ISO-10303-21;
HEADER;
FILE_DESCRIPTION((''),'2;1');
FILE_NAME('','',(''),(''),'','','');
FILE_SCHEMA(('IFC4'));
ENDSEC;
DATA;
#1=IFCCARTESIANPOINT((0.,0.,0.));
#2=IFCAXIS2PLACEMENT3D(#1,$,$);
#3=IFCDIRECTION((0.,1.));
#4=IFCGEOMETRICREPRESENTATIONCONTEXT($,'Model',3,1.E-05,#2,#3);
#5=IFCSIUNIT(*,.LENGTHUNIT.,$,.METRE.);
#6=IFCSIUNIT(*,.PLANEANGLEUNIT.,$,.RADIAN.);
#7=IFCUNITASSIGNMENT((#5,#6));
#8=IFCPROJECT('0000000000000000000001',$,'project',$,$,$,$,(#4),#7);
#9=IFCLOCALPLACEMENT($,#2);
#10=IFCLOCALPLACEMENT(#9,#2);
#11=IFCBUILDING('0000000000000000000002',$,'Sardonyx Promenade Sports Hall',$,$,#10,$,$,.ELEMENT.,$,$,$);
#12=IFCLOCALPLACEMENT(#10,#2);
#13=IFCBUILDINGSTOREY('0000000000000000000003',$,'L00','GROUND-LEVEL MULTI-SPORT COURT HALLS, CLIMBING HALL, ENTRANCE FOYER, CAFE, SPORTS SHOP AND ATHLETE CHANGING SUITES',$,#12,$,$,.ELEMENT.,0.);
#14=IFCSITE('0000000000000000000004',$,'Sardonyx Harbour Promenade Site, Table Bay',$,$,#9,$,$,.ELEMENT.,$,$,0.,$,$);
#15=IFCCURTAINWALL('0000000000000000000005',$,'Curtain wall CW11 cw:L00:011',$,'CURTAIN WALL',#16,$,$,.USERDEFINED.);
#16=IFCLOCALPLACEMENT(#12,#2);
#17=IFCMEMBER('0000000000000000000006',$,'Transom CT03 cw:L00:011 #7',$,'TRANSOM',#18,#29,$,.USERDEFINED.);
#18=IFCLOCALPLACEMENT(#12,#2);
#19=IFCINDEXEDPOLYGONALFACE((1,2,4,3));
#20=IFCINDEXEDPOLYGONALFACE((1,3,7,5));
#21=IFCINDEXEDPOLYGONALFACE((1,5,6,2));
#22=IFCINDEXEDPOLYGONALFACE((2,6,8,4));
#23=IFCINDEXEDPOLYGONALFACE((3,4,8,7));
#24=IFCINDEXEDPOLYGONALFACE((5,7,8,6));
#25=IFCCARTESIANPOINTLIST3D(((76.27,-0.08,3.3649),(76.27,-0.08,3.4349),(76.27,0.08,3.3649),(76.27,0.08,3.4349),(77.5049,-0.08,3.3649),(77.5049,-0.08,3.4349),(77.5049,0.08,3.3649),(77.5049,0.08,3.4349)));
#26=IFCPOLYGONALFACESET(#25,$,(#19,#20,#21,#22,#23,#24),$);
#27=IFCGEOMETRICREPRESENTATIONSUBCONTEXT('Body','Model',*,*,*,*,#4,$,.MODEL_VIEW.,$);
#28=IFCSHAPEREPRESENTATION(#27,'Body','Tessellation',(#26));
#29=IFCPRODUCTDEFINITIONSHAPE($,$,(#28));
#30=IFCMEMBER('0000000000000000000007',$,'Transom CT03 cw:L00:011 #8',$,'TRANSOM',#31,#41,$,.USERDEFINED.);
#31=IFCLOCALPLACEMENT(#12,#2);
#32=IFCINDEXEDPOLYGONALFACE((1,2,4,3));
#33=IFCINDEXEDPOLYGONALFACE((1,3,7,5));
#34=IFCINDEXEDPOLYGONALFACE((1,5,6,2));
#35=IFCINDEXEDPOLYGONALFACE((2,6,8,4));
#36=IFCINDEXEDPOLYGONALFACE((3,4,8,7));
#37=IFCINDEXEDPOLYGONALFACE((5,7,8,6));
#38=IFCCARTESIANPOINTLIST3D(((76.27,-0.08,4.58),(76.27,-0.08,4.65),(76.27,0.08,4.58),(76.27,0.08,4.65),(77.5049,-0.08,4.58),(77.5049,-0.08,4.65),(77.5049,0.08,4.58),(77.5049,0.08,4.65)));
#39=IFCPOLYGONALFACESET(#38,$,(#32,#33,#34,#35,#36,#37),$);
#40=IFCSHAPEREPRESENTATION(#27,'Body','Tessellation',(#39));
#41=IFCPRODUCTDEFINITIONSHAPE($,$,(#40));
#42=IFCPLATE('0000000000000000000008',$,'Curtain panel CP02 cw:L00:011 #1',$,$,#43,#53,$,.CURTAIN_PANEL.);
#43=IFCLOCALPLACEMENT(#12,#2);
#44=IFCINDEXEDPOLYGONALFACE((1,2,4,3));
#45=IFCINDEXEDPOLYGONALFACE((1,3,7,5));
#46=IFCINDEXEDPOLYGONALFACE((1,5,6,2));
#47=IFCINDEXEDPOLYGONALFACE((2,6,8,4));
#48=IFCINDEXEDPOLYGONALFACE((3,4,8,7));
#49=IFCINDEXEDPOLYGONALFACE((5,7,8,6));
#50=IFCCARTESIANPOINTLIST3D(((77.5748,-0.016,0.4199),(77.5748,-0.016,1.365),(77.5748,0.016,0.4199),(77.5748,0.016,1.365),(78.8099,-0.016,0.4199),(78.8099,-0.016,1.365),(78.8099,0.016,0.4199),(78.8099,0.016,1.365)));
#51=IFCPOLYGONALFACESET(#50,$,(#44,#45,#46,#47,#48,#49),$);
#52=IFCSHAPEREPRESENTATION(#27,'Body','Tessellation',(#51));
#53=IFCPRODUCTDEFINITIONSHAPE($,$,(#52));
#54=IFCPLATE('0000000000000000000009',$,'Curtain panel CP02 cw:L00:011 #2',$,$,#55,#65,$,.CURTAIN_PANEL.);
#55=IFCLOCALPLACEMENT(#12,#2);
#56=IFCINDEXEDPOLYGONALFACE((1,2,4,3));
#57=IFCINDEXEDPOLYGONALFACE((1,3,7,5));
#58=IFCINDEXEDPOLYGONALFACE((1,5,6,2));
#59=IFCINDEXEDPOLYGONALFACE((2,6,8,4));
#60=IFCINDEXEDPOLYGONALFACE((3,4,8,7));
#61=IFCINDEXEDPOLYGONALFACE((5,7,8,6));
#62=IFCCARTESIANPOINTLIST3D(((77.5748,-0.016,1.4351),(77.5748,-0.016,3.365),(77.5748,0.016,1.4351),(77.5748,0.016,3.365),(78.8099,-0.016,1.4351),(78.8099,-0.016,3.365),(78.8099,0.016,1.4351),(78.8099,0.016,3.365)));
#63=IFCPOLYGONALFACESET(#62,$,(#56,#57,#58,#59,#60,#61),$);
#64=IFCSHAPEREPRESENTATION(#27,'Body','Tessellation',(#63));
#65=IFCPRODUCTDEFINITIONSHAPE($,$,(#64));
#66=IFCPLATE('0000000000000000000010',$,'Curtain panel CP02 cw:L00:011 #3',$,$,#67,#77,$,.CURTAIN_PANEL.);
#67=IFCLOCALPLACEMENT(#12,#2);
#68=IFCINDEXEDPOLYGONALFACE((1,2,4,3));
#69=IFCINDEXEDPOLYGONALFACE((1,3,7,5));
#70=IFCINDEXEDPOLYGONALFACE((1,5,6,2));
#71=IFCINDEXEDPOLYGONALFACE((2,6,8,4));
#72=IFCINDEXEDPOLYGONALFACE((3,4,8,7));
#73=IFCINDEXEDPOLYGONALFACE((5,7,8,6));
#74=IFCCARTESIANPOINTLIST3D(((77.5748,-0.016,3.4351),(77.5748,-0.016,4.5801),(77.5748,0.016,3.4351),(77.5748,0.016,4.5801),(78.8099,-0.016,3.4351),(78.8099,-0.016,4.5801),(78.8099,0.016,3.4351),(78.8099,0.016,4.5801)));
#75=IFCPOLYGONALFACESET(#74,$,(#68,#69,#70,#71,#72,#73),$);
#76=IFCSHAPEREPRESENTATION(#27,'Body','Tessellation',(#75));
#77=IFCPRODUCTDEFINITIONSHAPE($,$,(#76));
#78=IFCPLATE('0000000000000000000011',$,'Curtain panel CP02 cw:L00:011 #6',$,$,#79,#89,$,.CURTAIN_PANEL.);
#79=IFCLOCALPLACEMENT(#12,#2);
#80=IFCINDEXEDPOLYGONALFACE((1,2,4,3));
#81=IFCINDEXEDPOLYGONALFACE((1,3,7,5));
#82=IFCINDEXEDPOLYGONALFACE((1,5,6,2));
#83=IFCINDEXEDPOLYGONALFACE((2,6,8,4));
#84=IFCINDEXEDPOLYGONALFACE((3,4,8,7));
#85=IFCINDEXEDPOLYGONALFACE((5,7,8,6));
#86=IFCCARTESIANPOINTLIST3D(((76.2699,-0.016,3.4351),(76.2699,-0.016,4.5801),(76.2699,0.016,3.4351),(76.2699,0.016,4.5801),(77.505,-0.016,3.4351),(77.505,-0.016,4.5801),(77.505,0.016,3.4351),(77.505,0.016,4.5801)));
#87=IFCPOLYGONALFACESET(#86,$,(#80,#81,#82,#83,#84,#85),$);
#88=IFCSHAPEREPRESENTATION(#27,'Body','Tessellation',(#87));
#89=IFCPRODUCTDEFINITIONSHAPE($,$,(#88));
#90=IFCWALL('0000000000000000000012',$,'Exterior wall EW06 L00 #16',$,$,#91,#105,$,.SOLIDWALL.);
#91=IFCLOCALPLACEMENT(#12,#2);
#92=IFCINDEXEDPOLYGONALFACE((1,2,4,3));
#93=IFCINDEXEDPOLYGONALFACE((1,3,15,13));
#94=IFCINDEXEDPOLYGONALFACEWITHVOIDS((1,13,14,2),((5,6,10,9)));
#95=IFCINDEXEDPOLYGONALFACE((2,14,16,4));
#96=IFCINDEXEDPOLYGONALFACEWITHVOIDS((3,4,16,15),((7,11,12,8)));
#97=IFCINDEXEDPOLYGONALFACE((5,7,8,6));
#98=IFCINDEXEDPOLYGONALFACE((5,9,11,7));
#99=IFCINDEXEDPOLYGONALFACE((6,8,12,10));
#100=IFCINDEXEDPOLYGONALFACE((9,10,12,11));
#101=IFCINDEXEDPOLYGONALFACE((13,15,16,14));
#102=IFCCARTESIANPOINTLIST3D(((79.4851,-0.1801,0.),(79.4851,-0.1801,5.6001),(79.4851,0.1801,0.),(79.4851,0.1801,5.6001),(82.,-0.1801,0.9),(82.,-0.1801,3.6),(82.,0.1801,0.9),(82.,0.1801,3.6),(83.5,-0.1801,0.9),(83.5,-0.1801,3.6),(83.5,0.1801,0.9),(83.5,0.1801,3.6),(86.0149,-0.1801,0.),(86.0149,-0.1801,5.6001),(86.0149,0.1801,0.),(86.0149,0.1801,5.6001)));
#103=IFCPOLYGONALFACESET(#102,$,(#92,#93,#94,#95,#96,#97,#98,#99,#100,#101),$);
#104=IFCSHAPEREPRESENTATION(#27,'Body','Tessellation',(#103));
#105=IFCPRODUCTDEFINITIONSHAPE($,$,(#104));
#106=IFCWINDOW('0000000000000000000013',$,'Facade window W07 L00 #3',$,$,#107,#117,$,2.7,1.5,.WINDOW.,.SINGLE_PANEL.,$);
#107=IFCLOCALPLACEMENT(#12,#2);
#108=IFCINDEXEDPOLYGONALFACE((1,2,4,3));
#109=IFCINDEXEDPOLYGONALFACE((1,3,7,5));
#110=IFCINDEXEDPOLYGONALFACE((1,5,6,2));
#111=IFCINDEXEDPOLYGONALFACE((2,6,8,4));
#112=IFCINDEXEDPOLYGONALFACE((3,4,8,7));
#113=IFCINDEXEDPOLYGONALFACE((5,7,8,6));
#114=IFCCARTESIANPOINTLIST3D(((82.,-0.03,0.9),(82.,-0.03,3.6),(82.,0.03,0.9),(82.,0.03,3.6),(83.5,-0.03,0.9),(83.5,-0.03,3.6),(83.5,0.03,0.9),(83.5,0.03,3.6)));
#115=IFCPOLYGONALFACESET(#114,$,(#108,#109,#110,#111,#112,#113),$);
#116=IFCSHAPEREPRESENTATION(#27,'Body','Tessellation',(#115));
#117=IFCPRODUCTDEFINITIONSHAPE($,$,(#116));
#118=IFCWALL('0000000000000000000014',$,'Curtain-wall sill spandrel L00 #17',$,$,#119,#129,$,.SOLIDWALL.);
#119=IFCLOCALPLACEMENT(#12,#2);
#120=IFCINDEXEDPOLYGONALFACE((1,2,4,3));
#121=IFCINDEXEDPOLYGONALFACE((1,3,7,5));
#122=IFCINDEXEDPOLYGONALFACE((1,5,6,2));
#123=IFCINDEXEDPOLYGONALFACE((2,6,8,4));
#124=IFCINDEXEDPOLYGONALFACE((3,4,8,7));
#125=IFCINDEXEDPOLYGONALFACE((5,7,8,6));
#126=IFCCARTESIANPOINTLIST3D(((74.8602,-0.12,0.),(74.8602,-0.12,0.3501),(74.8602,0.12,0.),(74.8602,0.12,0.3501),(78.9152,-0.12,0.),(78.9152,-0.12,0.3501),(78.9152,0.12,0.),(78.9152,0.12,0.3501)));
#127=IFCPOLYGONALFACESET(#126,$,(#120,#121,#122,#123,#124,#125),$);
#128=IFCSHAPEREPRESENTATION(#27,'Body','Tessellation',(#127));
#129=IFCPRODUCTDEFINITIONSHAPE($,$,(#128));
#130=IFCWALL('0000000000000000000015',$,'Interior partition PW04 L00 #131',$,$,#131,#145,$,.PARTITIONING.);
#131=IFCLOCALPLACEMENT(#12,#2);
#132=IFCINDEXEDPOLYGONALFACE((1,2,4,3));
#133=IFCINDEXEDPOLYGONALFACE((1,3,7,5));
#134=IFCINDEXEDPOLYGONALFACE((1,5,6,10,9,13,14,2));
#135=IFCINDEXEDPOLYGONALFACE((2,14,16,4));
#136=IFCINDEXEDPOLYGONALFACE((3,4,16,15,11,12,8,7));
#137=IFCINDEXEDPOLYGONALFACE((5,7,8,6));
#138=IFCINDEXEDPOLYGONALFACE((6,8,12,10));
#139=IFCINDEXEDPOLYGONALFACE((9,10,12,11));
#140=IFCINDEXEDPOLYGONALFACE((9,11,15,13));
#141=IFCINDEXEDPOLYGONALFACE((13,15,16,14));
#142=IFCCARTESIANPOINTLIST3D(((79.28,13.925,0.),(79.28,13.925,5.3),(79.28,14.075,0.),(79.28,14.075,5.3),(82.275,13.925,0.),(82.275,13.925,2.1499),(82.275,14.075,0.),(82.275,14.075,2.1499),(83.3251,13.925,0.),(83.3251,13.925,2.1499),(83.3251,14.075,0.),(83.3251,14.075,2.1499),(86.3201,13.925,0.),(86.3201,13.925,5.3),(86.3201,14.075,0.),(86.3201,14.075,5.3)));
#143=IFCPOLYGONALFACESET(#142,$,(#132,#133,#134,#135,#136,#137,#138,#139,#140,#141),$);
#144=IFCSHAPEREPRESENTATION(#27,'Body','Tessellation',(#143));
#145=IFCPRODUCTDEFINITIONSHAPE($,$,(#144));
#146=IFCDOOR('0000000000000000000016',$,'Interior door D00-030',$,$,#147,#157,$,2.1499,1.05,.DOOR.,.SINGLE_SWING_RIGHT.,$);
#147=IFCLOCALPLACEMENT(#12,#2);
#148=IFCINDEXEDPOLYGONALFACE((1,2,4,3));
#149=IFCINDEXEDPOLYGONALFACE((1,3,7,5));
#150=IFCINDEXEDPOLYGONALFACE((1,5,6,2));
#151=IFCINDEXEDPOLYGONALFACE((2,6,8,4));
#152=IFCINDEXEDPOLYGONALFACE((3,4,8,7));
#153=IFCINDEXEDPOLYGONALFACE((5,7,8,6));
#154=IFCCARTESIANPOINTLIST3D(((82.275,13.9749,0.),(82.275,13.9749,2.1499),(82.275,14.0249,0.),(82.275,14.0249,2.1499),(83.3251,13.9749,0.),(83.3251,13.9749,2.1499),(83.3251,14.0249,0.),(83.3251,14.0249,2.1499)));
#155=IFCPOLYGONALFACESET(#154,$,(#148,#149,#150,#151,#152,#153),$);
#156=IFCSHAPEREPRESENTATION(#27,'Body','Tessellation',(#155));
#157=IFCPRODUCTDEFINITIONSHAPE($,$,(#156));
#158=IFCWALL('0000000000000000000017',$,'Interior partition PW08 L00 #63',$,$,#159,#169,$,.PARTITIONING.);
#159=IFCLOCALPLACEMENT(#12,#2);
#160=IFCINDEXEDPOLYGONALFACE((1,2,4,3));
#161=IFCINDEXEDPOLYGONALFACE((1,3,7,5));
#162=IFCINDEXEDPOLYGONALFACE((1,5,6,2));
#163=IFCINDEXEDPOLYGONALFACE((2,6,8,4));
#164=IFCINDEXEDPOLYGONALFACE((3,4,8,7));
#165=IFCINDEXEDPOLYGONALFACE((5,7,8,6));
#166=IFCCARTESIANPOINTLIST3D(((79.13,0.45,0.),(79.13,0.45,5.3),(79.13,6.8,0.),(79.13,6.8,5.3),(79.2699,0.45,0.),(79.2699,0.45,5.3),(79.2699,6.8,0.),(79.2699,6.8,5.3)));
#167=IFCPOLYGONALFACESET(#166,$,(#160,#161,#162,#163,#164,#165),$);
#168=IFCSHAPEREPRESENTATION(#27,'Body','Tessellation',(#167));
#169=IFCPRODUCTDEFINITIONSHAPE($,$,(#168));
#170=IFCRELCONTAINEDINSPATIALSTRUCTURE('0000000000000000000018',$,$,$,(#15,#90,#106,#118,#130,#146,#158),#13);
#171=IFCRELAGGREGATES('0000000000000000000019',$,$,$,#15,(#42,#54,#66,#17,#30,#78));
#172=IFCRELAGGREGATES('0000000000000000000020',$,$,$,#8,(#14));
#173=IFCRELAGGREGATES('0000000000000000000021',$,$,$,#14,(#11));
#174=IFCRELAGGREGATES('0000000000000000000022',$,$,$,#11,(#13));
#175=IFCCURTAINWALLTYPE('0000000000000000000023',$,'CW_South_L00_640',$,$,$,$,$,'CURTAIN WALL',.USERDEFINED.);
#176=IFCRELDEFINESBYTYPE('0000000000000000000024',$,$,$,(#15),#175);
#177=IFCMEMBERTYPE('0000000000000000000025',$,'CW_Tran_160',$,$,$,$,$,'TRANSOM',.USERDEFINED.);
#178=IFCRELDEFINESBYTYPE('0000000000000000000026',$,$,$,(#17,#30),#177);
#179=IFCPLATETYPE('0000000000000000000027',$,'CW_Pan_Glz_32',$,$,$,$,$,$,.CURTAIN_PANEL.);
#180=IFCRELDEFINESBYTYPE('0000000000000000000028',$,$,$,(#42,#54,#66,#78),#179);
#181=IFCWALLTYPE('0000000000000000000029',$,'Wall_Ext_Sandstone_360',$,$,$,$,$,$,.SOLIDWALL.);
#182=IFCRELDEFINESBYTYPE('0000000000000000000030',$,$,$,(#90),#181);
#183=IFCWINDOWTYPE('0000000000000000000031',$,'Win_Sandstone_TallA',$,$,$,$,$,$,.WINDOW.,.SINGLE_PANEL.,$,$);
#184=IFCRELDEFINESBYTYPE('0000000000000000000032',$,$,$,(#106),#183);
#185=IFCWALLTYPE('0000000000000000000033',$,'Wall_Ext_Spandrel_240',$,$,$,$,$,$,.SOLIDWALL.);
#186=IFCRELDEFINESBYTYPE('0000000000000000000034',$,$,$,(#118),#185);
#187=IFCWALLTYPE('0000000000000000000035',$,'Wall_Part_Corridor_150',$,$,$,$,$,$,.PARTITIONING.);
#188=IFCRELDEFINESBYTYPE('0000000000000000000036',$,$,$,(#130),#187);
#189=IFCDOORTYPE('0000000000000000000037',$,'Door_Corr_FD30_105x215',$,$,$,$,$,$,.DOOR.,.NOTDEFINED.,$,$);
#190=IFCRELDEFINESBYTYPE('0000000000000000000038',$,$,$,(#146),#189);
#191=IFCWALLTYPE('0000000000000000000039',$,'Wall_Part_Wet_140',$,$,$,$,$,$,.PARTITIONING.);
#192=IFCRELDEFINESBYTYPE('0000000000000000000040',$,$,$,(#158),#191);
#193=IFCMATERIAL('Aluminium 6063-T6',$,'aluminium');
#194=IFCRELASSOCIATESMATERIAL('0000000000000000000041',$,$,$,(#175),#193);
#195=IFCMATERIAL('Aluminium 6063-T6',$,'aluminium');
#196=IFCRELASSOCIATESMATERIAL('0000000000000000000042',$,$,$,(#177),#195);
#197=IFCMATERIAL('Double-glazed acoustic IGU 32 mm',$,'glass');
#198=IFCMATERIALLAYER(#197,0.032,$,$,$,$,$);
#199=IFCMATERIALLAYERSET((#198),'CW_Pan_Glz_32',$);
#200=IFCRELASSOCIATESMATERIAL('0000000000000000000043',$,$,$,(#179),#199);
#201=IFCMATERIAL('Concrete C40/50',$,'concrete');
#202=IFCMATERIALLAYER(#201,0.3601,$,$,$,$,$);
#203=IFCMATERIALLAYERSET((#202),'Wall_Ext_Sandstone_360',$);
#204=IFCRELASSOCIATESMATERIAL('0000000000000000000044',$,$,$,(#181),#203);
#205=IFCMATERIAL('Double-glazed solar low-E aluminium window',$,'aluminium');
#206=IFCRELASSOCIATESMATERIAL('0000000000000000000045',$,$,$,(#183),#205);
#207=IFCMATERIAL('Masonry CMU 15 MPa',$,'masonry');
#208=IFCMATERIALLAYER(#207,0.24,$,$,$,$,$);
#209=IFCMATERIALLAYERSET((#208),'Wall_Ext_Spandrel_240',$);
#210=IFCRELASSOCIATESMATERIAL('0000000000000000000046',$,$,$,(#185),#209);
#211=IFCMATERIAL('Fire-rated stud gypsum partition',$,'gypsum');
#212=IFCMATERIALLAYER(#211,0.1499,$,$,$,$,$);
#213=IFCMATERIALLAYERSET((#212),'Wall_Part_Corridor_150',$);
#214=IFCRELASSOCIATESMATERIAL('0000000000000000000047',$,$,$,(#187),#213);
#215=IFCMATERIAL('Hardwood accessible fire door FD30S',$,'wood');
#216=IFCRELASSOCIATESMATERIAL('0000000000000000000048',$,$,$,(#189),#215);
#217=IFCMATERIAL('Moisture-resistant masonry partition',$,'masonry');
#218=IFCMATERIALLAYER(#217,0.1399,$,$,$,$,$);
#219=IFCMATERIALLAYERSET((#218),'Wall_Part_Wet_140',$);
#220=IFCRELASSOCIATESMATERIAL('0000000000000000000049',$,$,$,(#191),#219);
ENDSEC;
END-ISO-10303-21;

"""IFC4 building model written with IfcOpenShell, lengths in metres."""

from ifc_helpers import new_model, si_unit, direction, frame, frame_2d, origin, origin_2d, place, context, subcontext, project, spatial, rectangle, extrude, material, layer, layer_set, material_profile, profile_set, type_object, element, fill, aggregate, save


model = new_model("IFC4")

# Units and contexts
model_context = context("Model", 3, precision=1e-05, world=origin(), true_north=direction((0.0, 1.0)))
body_context = subcontext(model_context, "Body", "Model", "MODEL_VIEW")
ifc_project = project(units=[si_unit("LENGTHUNIT", "METRE"), si_unit("PLANEANGLEUNIT", "RADIAN")], contexts=[model_context])

# Site, building, storey
site_placement = place(None, origin())
site = spatial("IfcSite", under=ifc_project, at=site_placement, Name="Sardonyx Harbour Promenade Site, Table Bay", CompositionType="ELEMENT", RefElevation=0.0)
building_placement = place(site_placement, origin())
building = spatial("IfcBuilding", under=site, at=building_placement, Name="Sardonyx Promenade Sports Hall", CompositionType="ELEMENT")
storey_placement = place(building_placement, origin())
storey = spatial("IfcBuildingStorey", under=building, at=storey_placement, Name="L00", Description="GROUND-LEVEL MULTI-SPORT COURT HALLS, CLIMBING HALL, ENTRANCE FOYER, CAFE, SPORTS SHOP AND ATHLETE CHANGING SUITES", CompositionType="ELEMENT", Elevation=0.0)

# Curtain wall, members, plates
ifc_material_1 = material(Name="Aluminium 6063-T6", Category="aluminium")
curtain_wall_type = type_object("IfcCurtainWallType", Name="CW_South_L00_640", ElementType="CURTAIN WALL", PredefinedType="USERDEFINED", material=ifc_material_1)
curtain_wall_placement = place(storey_placement, origin())
curtain_wall = element("IfcCurtainWall", 1, at=curtain_wall_placement, inside=storey, type_object=curtain_wall_type, Name="Curtain wall CW11 cw:L00:011", ObjectType="CURTAIN WALL", PredefinedType="USERDEFINED")
ifc_material_2 = material(Name="Aluminium 6063-T6", Category="aluminium")
ifc_material_profile_1 = material_profile(ifc_material_2, rectangle(XDim=0.0701, YDim=0.1599, at=origin_2d()))
ifc_profile_set_1 = profile_set([ifc_material_profile_1], Name="Aluminium 6063-T6")
member_type_1 = type_object("IfcMemberType", Name="CW_Tran_160", ElementType="TRANSOM", PredefinedType="USERDEFINED", material=ifc_profile_set_1)
member_1_placement = place(storey_placement, frame((77.5049, 0.0, 3.3999), z_axis=(-1.0, 0.0, 0.0), x_axis=(0.0, 0.0, 1.0)))
member_1 = element("IfcMember", 2, at=member_1_placement, type_object=member_type_1, Name="Transom CT03 cw:L00:011 #7", ObjectType="TRANSOM", PredefinedType="USERDEFINED", context=body_context, shape_type="SweptSolid", body=[
    extrude(rectangle(XDim=0.0701, YDim=0.1599, at=origin_2d()), origin(), (0.0, 0.0, 1.0), 1.2349),
])
member_2_placement = place(storey_placement, frame((77.5049, 0.0, 4.615), z_axis=(-1.0, 0.0, 0.0), x_axis=(0.0, 0.0, 1.0)))
member_2 = element("IfcMember", 3, at=member_2_placement, type_object=member_type_1, Name="Transom CT03 cw:L00:011 #8", ObjectType="TRANSOM", PredefinedType="USERDEFINED", context=body_context, shape_type="SweptSolid", body=[
    extrude(rectangle(XDim=0.0701, YDim=0.1599, at=origin_2d()), origin(), (0.0, 0.0, 1.0), 1.2349),
])
ifc_material_3 = material(Name="Double-glazed acoustic IGU 32 mm", Category="glass")
ifc_layer_1 = layer(ifc_material_3, 0.032)
ifc_layer_set_1 = layer_set([ifc_layer_1], Name="CW_Pan_Glz_32")
plate_type = type_object("IfcPlateType", Name="CW_Pan_Glz_32", PredefinedType="CURTAIN_PANEL", material=ifc_layer_set_1)
plate_1_placement = place(storey_placement, frame((78.1924, 0.0, 0.4199), z_axis=(0.0, 0.0, 1.0), x_axis=(-1.0, 0.0, 0.0)))
plate_1 = element("IfcPlate", 4, at=plate_1_placement, type_object=plate_type, Name="Curtain panel CP02 cw:L00:011 #1", PredefinedType="CURTAIN_PANEL", context=body_context, shape_type="SweptSolid", body=[
    extrude(rectangle(XDim=1.2351, YDim=0.032, at=origin_2d()), origin(), (0.0, 0.0, 1.0), 0.9451),
])
plate_2_placement = place(storey_placement, frame((78.1924, 0.0, 1.4351), z_axis=(0.0, 0.0, 1.0), x_axis=(-1.0, 0.0, 0.0)))
plate_2 = element("IfcPlate", 5, at=plate_2_placement, type_object=plate_type, Name="Curtain panel CP02 cw:L00:011 #2", PredefinedType="CURTAIN_PANEL", context=body_context, shape_type="SweptSolid", body=[
    extrude(rectangle(XDim=1.2351, YDim=0.032, at=origin_2d()), origin(), (0.0, 0.0, 1.0), 1.9299),
])
plate_3_placement = place(storey_placement, frame((78.1924, 0.0, 3.4351), z_axis=(0.0, 0.0, 1.0), x_axis=(-1.0, 0.0, 0.0)))
plate_3 = element("IfcPlate", 6, at=plate_3_placement, type_object=plate_type, Name="Curtain panel CP02 cw:L00:011 #3", PredefinedType="CURTAIN_PANEL", context=body_context, shape_type="SweptSolid", body=[
    extrude(rectangle(XDim=1.2351, YDim=0.032, at=origin_2d()), origin(), (0.0, 0.0, 1.0), 1.145),
])
plate_4_placement = place(storey_placement, frame((76.8875, 0.0, 3.4351), z_axis=(0.0, 0.0, 1.0), x_axis=(-1.0, 0.0, 0.0)))
plate_4 = element("IfcPlate", 7, at=plate_4_placement, type_object=plate_type, Name="Curtain panel CP02 cw:L00:011 #6", PredefinedType="CURTAIN_PANEL", context=body_context, shape_type="SweptSolid", body=[
    extrude(rectangle(XDim=1.2351, YDim=0.032, at=origin_2d()), origin(), (0.0, 0.0, 1.0), 1.145),
])
aggregate(curtain_wall, [plate_1, plate_2, plate_3, member_1, member_2, plate_4])

# Wall, opening, window
ifc_material_4 = material(Name="Concrete C40/50", Category="concrete")
ifc_layer_2 = layer(ifc_material_4, 0.3601)
ifc_layer_set_2 = layer_set([ifc_layer_2], Name="Wall_Ext_Sandstone_360")
wall_type_1 = type_object("IfcWallType", Name="Wall_Ext_Sandstone_360", PredefinedType="SOLIDWALL", material=ifc_layer_set_2)
wall_1_placement = place(storey_placement, frame((86.0149, 0.0, 0.0), z_axis=(0.0, 0.0, 1.0), x_axis=(-1.0, 0.0, 0.0)))
wall_1 = element("IfcWall", 8, at=wall_1_placement, inside=storey, type_object=wall_type_1, Name="Exterior wall EW06 L00 #16", PredefinedType="SOLIDWALL", context=body_context, shape_type="SweptSolid", body=[
    extrude(rectangle(XDim=6.5298, YDim=0.3601, at=frame_2d((3.2649, 0.0))), origin(), (0.0, 0.0, 1.0), 5.6001),
])
opening_1_placement = place(wall_1_placement, frame((2.5149, 0.0, 0.8999)))
opening_1 = element("IfcOpeningElement", 9, at=opening_1_placement, cuts=wall_1, PredefinedType="OPENING", context=body_context, shape_type="SweptSolid", body=[
    extrude(rectangle(XDim=1.5, YDim=2.7, at=frame_2d((0.75, 1.3501))), frame((0.0, 0.19, 0.0), z_axis=(0.0, -1.0, 0.0), x_axis=(1.0, 0.0, 0.0)), (0.0, 0.0, 1.0), 0.38),
])
ifc_material_5 = material(Name="Double-glazed solar low-E aluminium window", Category="aluminium")
window_type = type_object("IfcWindowType", Name="Win_Sandstone_TallA", PartitioningType="SINGLE_PANEL", PredefinedType="WINDOW", material=ifc_material_5)
window_placement = place(opening_1_placement, origin())
window = element("IfcWindow", 10, at=window_placement, inside=storey, type_object=window_type, Name="Facade window W07 L00 #3", OverallHeight=2.7, OverallWidth=1.5, PartitioningType="SINGLE_PANEL", PredefinedType="WINDOW", context=body_context, shape_type="SweptSolid", body=[
    extrude(rectangle(XDim=1.5, YDim=2.7, at=frame_2d((0.75, 1.3501))), frame((0.0, 0.03, 0.0), z_axis=(0.0, -1.0, 0.0), x_axis=(1.0, 0.0, 0.0)), (0.0, 0.0, 1.0), 0.0601),
])
fill(opening_1, window)

# Wall
ifc_material_6 = material(Name="Masonry CMU 15 MPa", Category="masonry")
ifc_layer_3 = layer(ifc_material_6, 0.24)
ifc_layer_set_3 = layer_set([ifc_layer_3], Name="Wall_Ext_Spandrel_240")
wall_type_2 = type_object("IfcWallType", Name="Wall_Ext_Spandrel_240", PredefinedType="SOLIDWALL", material=ifc_layer_set_3)
wall_2_placement = place(storey_placement, frame((78.915, 0.0, 0.0), z_axis=(0.0, 0.0, 1.0), x_axis=(-1.0, 0.0, 0.0)))
element("IfcWall", 11, at=wall_2_placement, inside=storey, type_object=wall_type_2, Name="Curtain-wall sill spandrel L00 #17", PredefinedType="SOLIDWALL", context=body_context, shape_type="SweptSolid", body=[
    extrude(rectangle(XDim=4.0549, YDim=0.24, at=frame_2d((2.0273, 0.0))), origin(), (0.0, 0.0, 1.0), 0.3501),
])

# Wall, opening, door
ifc_material_7 = material(Name="Fire-rated stud gypsum partition", Category="gypsum")
ifc_layer_4 = layer(ifc_material_7, 0.1499)
ifc_layer_set_4 = layer_set([ifc_layer_4], Name="Wall_Part_Corridor_150")
wall_type_3 = type_object("IfcWallType", Name="Wall_Part_Corridor_150", PredefinedType="PARTITIONING", material=ifc_layer_set_4)
wall_3_placement = place(storey_placement, frame((79.28, 14.0, 0.0), z_axis=(0.0, 0.0, 1.0), x_axis=(1.0, 0.0, 0.0)))
wall_3 = element("IfcWall", 12, at=wall_3_placement, inside=storey, type_object=wall_type_3, Name="Interior partition PW04 L00 #131", PredefinedType="PARTITIONING", context=body_context, shape_type="SweptSolid", body=[
    extrude(rectangle(XDim=7.04, YDim=0.1499, at=frame_2d((3.52, 0.0))), origin(), (0.0, 0.0, 1.0), 5.3),
])
opening_2_placement = place(wall_3_placement, frame((2.9951, 0.0, 0.0)))
opening_2 = element("IfcOpeningElement", 13, at=opening_2_placement, cuts=wall_3, PredefinedType="OPENING", context=body_context, shape_type="SweptSolid", body=[
    extrude(rectangle(XDim=1.05, YDim=2.1499, at=frame_2d((0.5249, 1.075))), frame((0.0, 0.085, 0.0), z_axis=(0.0, -1.0, 0.0), x_axis=(1.0, 0.0, 0.0)), (0.0, 0.0, 1.0), 0.17),
])
ifc_material_8 = material(Name="Hardwood accessible fire door FD30S", Category="wood")
door_type = type_object("IfcDoorType", Name="Door_Corr_FD30_105x215", OperationType="NOTDEFINED", PredefinedType="DOOR", material=ifc_material_8)
door_placement = place(opening_2_placement, origin())
door = element("IfcDoor", 14, at=door_placement, inside=storey, type_object=door_type, Name="Interior door D00-030", OperationType="SINGLE_SWING_RIGHT", OverallHeight=2.1499, OverallWidth=1.05, PredefinedType="DOOR", context=body_context, shape_type="SweptSolid", body=[
    extrude(rectangle(XDim=1.05, YDim=2.1499, at=frame_2d((0.5249, 1.075))), frame((0.0, 0.0249, 0.0), z_axis=(0.0, -1.0, 0.0), x_axis=(1.0, 0.0, 0.0)), (0.0, 0.0, 1.0), 0.05),
])
fill(opening_2, door)

# Wall
ifc_material_9 = material(Name="Moisture-resistant masonry partition", Category="masonry")
ifc_layer_5 = layer(ifc_material_9, 0.1399)
ifc_layer_set_5 = layer_set([ifc_layer_5], Name="Wall_Part_Wet_140")
wall_type_4 = type_object("IfcWallType", Name="Wall_Part_Wet_140", PredefinedType="PARTITIONING", material=ifc_layer_set_5)
wall_4_placement = place(storey_placement, frame((79.2, 0.45, 0.0), z_axis=(0.0, 0.0, 1.0), x_axis=(0.0, 1.0, 0.0)))
element("IfcWall", 15, at=wall_4_placement, inside=storey, type_object=wall_type_4, Name="Interior partition PW08 L00 #63", PredefinedType="PARTITIONING", context=body_context, shape_type="SweptSolid", body=[
    extrude(rectangle(XDim=6.3501, YDim=0.1399, at=frame_2d((3.175, 0.0))), origin(), (0.0, 0.0, 1.0), 5.3),
])

save(model, "model.ifc")
